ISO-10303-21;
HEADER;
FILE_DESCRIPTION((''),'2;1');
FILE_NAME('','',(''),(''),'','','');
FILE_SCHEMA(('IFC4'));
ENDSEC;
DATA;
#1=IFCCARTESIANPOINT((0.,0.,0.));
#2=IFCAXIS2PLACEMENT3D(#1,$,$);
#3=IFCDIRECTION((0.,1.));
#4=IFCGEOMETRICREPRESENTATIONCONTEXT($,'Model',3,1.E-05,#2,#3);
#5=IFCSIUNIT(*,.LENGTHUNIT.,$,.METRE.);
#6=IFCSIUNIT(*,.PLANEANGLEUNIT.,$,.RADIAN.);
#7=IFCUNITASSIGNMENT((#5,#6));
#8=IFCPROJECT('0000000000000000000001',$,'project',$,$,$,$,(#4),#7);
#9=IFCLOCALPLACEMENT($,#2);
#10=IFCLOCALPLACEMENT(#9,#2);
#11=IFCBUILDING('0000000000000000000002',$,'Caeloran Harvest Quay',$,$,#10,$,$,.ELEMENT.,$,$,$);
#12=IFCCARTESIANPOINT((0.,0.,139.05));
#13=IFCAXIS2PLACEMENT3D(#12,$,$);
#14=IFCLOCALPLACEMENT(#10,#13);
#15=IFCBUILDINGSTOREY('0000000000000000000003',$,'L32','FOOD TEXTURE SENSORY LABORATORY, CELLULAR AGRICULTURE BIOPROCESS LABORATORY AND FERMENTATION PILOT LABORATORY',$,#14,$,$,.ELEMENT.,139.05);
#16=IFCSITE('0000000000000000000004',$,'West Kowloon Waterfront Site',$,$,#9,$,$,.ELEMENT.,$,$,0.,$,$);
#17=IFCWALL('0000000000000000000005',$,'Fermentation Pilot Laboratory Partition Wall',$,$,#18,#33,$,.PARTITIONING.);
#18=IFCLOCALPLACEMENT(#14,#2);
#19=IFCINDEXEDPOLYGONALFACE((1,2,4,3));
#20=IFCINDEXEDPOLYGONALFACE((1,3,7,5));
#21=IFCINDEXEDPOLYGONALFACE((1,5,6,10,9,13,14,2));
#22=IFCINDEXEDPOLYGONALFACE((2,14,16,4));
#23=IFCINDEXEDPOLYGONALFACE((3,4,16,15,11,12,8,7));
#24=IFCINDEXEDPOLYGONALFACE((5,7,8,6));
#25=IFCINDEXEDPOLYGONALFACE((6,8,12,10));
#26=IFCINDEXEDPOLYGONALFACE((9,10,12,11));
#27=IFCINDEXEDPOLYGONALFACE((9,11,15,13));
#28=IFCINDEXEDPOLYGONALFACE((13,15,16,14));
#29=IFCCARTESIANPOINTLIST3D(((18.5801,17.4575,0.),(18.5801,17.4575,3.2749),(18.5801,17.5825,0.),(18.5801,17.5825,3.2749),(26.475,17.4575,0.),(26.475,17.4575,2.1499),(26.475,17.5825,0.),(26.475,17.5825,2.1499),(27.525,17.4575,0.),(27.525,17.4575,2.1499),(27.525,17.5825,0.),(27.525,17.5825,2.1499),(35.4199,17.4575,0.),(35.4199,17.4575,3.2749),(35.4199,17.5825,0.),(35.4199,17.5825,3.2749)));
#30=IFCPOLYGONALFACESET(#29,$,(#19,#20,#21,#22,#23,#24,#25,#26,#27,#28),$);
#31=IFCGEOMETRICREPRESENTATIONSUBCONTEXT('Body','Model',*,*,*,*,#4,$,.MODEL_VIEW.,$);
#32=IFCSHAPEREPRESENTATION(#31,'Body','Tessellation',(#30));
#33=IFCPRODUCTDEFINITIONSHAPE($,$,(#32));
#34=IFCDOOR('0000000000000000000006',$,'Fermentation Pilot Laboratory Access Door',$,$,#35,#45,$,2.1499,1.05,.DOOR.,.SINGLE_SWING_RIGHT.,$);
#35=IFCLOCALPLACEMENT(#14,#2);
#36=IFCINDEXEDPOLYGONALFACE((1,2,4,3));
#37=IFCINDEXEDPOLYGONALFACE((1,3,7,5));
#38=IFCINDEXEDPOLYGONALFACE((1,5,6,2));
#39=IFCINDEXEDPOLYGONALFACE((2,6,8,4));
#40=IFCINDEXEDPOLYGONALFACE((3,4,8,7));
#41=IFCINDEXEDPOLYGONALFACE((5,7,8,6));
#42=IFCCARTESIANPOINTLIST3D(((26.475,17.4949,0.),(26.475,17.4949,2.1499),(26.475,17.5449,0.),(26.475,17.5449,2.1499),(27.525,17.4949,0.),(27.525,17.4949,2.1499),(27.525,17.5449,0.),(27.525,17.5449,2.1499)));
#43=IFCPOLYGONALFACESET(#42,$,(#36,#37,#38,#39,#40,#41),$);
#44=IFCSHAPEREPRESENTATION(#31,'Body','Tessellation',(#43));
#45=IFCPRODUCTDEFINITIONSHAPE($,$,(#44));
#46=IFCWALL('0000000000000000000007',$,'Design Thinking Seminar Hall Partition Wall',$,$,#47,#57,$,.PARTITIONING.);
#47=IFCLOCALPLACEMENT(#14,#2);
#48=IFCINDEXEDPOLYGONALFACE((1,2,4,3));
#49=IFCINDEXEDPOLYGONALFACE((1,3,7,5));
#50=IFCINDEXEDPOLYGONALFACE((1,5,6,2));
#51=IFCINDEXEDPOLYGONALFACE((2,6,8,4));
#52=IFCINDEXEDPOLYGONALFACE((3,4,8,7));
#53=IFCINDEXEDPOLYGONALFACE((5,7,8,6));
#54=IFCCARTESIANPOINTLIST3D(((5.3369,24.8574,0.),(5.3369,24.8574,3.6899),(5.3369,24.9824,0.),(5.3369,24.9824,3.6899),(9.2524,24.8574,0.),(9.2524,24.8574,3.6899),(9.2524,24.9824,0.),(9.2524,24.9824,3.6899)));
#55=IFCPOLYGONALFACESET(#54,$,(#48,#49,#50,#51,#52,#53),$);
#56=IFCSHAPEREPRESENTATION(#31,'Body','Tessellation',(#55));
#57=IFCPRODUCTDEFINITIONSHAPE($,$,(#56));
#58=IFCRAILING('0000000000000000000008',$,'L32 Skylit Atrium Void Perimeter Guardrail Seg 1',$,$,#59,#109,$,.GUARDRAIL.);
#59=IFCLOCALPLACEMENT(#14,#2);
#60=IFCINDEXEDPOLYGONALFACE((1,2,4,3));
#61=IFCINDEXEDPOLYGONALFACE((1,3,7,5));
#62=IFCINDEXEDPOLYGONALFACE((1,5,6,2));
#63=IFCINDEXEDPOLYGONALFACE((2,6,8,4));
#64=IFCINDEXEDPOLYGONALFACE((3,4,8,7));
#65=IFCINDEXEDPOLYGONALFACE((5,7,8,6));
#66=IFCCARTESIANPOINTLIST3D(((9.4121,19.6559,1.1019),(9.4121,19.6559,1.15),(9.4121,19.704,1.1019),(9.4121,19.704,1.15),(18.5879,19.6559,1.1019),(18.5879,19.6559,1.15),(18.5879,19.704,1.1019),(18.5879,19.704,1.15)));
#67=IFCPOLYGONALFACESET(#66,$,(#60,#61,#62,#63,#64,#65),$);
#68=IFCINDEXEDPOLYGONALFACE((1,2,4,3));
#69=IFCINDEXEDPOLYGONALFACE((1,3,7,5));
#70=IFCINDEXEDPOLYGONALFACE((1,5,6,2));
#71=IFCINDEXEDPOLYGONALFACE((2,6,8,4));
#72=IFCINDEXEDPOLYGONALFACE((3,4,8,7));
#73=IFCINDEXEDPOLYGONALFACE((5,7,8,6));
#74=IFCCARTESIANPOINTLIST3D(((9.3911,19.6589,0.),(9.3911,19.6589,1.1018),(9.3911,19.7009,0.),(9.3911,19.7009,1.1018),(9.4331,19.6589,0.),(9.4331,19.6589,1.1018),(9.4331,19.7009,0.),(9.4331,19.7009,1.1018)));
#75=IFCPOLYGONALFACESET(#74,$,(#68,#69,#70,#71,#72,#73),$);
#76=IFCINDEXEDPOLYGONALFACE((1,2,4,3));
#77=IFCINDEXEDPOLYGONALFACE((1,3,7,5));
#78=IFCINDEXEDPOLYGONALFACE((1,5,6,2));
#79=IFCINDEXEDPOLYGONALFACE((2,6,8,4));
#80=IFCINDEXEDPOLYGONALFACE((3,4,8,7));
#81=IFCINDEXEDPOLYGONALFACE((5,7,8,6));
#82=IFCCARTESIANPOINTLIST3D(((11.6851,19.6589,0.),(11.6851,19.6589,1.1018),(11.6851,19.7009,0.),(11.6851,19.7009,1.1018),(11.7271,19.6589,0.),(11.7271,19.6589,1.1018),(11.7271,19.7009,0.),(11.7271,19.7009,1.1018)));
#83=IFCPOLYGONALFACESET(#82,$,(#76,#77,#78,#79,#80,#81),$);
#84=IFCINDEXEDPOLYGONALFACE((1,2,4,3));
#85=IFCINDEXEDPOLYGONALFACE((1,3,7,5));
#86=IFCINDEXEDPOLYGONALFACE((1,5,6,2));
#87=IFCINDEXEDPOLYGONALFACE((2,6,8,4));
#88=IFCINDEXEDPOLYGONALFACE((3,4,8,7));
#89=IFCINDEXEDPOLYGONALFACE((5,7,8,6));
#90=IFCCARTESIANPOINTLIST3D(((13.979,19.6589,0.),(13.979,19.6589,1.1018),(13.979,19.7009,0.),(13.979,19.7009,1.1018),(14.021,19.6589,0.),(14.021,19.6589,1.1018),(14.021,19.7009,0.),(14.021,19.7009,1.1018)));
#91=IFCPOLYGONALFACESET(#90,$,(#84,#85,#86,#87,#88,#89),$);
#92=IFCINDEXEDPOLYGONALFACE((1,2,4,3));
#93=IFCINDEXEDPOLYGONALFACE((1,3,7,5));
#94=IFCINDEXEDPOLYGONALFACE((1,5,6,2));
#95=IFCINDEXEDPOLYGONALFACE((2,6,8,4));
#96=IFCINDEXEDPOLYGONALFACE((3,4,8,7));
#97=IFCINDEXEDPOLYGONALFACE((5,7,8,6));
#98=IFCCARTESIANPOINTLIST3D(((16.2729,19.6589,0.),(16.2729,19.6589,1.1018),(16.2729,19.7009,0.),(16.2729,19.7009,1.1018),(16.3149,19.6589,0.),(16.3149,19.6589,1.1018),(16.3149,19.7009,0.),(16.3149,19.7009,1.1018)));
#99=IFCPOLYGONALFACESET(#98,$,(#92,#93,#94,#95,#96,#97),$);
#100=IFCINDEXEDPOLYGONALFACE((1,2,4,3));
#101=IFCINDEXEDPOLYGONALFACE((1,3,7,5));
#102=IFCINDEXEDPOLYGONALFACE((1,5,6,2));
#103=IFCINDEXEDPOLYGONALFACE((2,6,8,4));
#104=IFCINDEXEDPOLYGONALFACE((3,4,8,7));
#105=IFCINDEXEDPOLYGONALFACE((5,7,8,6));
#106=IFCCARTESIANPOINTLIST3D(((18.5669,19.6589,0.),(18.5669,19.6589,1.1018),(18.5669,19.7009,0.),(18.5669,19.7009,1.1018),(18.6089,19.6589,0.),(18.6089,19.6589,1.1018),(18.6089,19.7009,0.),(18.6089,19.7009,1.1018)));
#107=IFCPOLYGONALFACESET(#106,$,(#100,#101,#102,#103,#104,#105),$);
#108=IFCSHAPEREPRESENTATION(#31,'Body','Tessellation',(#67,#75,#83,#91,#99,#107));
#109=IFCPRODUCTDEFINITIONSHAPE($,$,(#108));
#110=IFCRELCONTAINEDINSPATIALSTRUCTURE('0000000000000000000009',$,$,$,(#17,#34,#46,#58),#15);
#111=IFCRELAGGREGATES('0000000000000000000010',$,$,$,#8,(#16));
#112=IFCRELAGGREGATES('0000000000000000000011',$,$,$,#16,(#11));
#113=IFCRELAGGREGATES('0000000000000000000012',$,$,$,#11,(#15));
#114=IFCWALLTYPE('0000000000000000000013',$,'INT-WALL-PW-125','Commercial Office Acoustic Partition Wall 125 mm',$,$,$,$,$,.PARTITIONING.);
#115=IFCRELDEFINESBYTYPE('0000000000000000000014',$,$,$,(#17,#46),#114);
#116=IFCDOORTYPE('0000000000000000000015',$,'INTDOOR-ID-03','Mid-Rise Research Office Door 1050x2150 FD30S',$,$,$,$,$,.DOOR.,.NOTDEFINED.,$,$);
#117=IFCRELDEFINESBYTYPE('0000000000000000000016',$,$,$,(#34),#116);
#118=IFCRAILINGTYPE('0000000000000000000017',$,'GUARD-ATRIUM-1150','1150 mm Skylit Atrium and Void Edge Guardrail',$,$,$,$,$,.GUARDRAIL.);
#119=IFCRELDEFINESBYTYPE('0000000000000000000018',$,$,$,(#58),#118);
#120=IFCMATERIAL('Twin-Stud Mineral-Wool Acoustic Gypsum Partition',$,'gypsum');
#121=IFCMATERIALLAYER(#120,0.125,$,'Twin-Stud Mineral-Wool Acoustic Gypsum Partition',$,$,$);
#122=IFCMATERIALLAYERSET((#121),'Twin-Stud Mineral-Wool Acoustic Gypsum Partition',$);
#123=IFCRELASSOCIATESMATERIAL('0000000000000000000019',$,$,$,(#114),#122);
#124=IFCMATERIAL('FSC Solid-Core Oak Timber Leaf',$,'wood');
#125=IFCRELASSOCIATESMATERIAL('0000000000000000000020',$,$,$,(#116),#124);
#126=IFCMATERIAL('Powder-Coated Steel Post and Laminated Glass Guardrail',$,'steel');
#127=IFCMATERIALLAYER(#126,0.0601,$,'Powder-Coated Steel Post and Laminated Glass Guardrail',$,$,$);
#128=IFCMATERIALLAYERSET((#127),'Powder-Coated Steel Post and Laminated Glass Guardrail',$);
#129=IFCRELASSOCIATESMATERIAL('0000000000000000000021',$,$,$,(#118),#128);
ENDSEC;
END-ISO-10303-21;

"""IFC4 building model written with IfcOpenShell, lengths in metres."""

from ifc_helpers import new_model, si_unit, direction, frame, frame_2d, origin, origin_2d, place, context, subcontext, project, spatial, rectangle, extrude, material, layer, layer_set, type_object, element, fill, save


model = new_model("IFC4")

# Units and contexts
model_context = context("Model", 3, precision=1e-05, world=origin(), true_north=direction((0.0, 1.0)))
body_context = subcontext(model_context, "Body", "Model", "MODEL_VIEW")
ifc_project = project(units=[si_unit("LENGTHUNIT", "METRE"), si_unit("PLANEANGLEUNIT", "RADIAN")], contexts=[model_context])

# Site, building, storey
site_placement = place(None, origin())
site = spatial("IfcSite", under=ifc_project, at=site_placement, Name="West Kowloon Waterfront Site", CompositionType="ELEMENT", RefElevation=0.0)
building_placement = place(site_placement, origin())
building = spatial("IfcBuilding", under=site, at=building_placement, Name="Caeloran Harvest Quay", CompositionType="ELEMENT")
storey_placement = place(building_placement, frame((0.0, 0.0, 139.05)))
storey = spatial("IfcBuildingStorey", under=building, at=storey_placement, Name="L32", Description="FOOD TEXTURE SENSORY LABORATORY, CELLULAR AGRICULTURE BIOPROCESS LABORATORY AND FERMENTATION PILOT LABORATORY", CompositionType="ELEMENT", Elevation=139.05)

# Shared definitions
ifc_material_1 = material(Name="Twin-Stud Mineral-Wool Acoustic Gypsum Partition", Category="gypsum")
ifc_layer_1 = layer(ifc_material_1, 0.125, Name="Twin-Stud Mineral-Wool Acoustic Gypsum Partition")
ifc_layer_set_1 = layer_set([ifc_layer_1], Name="Twin-Stud Mineral-Wool Acoustic Gypsum Partition")
wall_type = type_object("IfcWallType", Name="INT-WALL-PW-125", Description="Commercial Office Acoustic Partition Wall 125 mm", PredefinedType="PARTITIONING", material=ifc_layer_set_1)
ifc_material_2 = material(Name="FSC Solid-Core Oak Timber Leaf", Category="wood")
door_type = type_object("IfcDoorType", Name="INTDOOR-ID-03", Description="Mid-Rise Research Office Door 1050x2150 FD30S", OperationType="NOTDEFINED", PredefinedType="DOOR", material=ifc_material_2)

# Wall, opening, door
wall_1_placement = place(storey_placement, frame((18.5801, 17.52, 0.0), z_axis=(0.0, 0.0, 1.0), x_axis=(1.0, 0.0, 0.0)))
wall_1 = element("IfcWall", 1, at=wall_1_placement, inside=storey, type_object=wall_type, Name="Fermentation Pilot Laboratory Partition Wall", PredefinedType="PARTITIONING", context=body_context, shape_type="SweptSolid", body=[
    extrude(rectangle(XDim=16.8398, YDim=0.125, at=frame_2d((8.4199, 0.0))), origin(), (0.0, 0.0, 1.0), 3.2749),
])
opening_1_placement = place(wall_1_placement, frame((7.895, 0.0, 0.0)))
opening_1 = element("IfcOpeningElement", 2, at=opening_1_placement, cuts=wall_1, PredefinedType="OPENING", context=body_context, shape_type="SweptSolid", body=[
    extrude(rectangle(XDim=1.05, YDim=2.1499, at=frame_2d((0.5249, 1.075))), frame((0.0, 0.0725, 0.0), z_axis=(0.0, -1.0, 0.0), x_axis=(1.0, 0.0, 0.0)), (0.0, 0.0, 1.0), 0.145),
])
door_1_placement = place(opening_1_placement, origin())
door_1 = element("IfcDoor", 3, at=door_1_placement, inside=storey, type_object=door_type, Name="Fermentation Pilot Laboratory Access Door", OperationType="SINGLE_SWING_RIGHT", OverallHeight=2.1499, OverallWidth=1.05, PredefinedType="DOOR", context=body_context, shape_type="SweptSolid", body=[
    extrude(rectangle(XDim=1.05, YDim=2.1499, at=frame_2d((0.5249, 1.075))), frame((0.0, 0.0249, 0.0), z_axis=(0.0, -1.0, 0.0), x_axis=(1.0, 0.0, 0.0)), (0.0, 0.0, 1.0), 0.05),
])
fill(opening_1, door_1)

# Wall
wall_2_placement = place(storey_placement, frame((5.3369, 24.9199, 0.0), z_axis=(0.0, 0.0, 1.0), x_axis=(1.0, 0.0, 0.0)))
element("IfcWall", 4, at=wall_2_placement, inside=storey, type_object=wall_type, Name="Design Thinking Seminar Hall Partition Wall", PredefinedType="PARTITIONING", context=body_context, shape_type="SweptSolid", body=[
    extrude(rectangle(XDim=3.9155, YDim=0.125, at=frame_2d((1.9578, 0.0))), origin(), (0.0, 0.0, 1.0), 3.6899),
])

# Railing
ifc_material_3 = material(Name="Powder-Coated Steel Post and Laminated Glass Guardrail", Category="steel")
ifc_layer_2 = layer(ifc_material_3, 0.0601, Name="Powder-Coated Steel Post and Laminated Glass Guardrail")
ifc_layer_set_2 = layer_set([ifc_layer_2], Name="Powder-Coated Steel Post and Laminated Glass Guardrail")
railing_type = type_object("IfcRailingType", Name="GUARD-ATRIUM-1150", Description="1150 mm Skylit Atrium and Void Edge Guardrail", PredefinedType="GUARDRAIL", material=ifc_layer_set_2)
railing_placement = place(storey_placement, frame((9.4121, 19.6799, 0.0)))
element("IfcRailing", 5, at=railing_placement, inside=storey, type_object=railing_type, Name="L32 Skylit Atrium Void Perimeter Guardrail Seg 1", PredefinedType="GUARDRAIL", context=body_context, shape_type="SweptSolid", body=[
    extrude(rectangle(XDim=0.0481, YDim=0.0481, at=origin_2d()), frame((0.0, 0.0, 1.126), z_axis=(1.0, 0.0, 0.0), x_axis=(0.0, 1.0, 0.0)), (0.0, 0.0, 1.0), 9.1758),
    extrude(rectangle(XDim=0.042, YDim=0.042, at=origin_2d()), origin(), (0.0, 0.0, 1.0), 1.1018),
    extrude(rectangle(XDim=0.042, YDim=0.042, at=origin_2d()), frame((2.2939, 0.0, 0.0)), (0.0, 0.0, 1.0), 1.1018),
    extrude(rectangle(XDim=0.042, YDim=0.042, at=origin_2d()), frame((4.5879, 0.0, 0.0)), (0.0, 0.0, 1.0), 1.1018),
    extrude(rectangle(XDim=0.042, YDim=0.042, at=origin_2d()), frame((6.8818, 0.0, 0.0)), (0.0, 0.0, 1.0), 1.1018),
    extrude(rectangle(XDim=0.042, YDim=0.042, at=origin_2d()), frame((9.1758, 0.0, 0.0)), (0.0, 0.0, 1.0), 1.1018),
])

save(model, "model.ifc")
